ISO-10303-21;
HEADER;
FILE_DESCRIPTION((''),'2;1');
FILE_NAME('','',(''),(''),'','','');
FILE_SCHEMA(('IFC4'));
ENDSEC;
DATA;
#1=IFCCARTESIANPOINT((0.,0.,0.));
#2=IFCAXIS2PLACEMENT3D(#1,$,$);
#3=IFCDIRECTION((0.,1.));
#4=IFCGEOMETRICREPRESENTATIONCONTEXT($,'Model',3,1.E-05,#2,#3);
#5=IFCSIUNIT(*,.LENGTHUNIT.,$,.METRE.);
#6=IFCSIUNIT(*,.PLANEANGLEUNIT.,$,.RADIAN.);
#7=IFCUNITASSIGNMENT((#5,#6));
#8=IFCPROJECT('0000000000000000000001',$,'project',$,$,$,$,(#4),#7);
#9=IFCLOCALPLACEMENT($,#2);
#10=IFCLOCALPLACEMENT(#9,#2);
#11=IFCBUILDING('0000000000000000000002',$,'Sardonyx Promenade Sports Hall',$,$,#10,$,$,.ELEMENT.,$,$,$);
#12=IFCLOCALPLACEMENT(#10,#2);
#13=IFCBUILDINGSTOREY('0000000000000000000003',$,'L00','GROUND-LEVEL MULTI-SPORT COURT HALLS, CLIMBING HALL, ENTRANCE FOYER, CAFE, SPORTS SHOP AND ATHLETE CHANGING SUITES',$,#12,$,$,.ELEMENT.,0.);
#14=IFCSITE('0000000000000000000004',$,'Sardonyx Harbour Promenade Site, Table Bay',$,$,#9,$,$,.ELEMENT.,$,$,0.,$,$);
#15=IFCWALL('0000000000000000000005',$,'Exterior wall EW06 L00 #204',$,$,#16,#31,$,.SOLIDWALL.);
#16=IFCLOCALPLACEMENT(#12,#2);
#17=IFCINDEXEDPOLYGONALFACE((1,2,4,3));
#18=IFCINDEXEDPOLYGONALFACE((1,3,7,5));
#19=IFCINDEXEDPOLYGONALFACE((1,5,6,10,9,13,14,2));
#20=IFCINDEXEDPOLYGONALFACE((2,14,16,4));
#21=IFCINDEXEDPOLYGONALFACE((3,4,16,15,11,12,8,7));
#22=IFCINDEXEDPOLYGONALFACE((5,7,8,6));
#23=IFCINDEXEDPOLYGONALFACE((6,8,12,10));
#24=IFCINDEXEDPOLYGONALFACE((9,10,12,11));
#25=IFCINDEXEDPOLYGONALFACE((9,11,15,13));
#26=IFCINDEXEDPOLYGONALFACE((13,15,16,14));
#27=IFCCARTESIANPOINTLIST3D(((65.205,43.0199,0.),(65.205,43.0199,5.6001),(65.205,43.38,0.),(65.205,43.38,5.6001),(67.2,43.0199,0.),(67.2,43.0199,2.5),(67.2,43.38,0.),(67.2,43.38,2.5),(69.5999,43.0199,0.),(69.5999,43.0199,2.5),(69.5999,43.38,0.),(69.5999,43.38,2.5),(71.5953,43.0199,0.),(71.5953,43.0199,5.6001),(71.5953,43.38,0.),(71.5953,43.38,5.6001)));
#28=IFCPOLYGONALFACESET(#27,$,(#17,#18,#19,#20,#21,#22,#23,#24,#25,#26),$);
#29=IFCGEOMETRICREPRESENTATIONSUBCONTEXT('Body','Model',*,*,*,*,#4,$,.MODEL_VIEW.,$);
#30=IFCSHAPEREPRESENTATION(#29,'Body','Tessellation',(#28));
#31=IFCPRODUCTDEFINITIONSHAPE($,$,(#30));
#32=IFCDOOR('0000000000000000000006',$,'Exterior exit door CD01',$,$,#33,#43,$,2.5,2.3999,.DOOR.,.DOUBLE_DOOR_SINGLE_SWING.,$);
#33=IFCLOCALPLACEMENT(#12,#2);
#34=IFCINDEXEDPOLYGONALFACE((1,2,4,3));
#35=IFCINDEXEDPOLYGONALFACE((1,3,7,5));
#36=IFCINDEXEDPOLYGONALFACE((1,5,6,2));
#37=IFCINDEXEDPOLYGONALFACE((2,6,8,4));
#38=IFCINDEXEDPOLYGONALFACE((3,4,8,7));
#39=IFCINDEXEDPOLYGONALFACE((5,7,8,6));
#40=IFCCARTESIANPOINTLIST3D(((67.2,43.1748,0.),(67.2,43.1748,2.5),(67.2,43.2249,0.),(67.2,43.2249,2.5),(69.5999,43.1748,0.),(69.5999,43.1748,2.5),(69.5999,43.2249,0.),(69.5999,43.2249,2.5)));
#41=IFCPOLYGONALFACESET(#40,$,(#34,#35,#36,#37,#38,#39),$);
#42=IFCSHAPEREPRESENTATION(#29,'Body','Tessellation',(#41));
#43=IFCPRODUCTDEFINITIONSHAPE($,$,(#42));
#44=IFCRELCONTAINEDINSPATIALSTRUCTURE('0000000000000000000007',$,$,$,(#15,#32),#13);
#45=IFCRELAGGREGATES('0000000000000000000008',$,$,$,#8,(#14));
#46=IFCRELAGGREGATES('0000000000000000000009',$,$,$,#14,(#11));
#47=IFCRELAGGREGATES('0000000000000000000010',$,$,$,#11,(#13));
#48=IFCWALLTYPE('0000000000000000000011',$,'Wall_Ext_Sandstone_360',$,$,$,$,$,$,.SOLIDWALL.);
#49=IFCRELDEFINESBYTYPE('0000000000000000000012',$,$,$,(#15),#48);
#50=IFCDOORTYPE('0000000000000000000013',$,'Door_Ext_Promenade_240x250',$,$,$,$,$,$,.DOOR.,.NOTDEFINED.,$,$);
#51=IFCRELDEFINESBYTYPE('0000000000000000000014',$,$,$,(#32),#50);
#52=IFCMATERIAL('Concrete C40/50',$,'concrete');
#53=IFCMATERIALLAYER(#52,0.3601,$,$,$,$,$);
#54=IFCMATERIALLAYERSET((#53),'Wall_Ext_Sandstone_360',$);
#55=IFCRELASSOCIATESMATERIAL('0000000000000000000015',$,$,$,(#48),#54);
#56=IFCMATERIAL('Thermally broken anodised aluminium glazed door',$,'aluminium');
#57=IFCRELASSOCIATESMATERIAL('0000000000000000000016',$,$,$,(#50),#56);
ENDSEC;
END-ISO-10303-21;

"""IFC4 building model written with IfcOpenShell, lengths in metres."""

from ifc_helpers import new_model, si_unit, direction, frame, frame_2d, origin, place, context, subcontext, project, spatial, rectangle, extrude, material, layer, layer_set, type_object, element, fill, save


model = new_model("IFC4")

# Units and contexts
model_context = context("Model", 3, precision=1e-05, world=origin(), true_north=direction((0.0, 1.0)))
body_context = subcontext(model_context, "Body", "Model", "MODEL_VIEW")
ifc_project = project(units=[si_unit("LENGTHUNIT", "METRE"), si_unit("PLANEANGLEUNIT", "RADIAN")], contexts=[model_context])

# Site, building, storey
site_placement = place(None, origin())
site = spatial("IfcSite", under=ifc_project, at=site_placement, Name="Sardonyx Harbour Promenade Site, Table Bay", CompositionType="ELEMENT", RefElevation=0.0)
building_placement = place(site_placement, origin())
building = spatial("IfcBuilding", under=site, at=building_placement, Name="Sardonyx Promenade Sports Hall", CompositionType="ELEMENT")
storey_placement = place(building_placement, origin())
storey = spatial("IfcBuildingStorey", under=building, at=storey_placement, Name="L00", Description="GROUND-LEVEL MULTI-SPORT COURT HALLS, CLIMBING HALL, ENTRANCE FOYER, CAFE, SPORTS SHOP AND ATHLETE CHANGING SUITES", CompositionType="ELEMENT", Elevation=0.0)

# Wall, opening, door
ifc_material_1 = material(Name="Concrete C40/50", Category="concrete")
ifc_layer_1 = layer(ifc_material_1, 0.3601)
ifc_layer_set_1 = layer_set([ifc_layer_1], Name="Wall_Ext_Sandstone_360")
wall_type = type_object("IfcWallType", Name="Wall_Ext_Sandstone_360", PredefinedType="SOLIDWALL", material=ifc_layer_set_1)
wall_placement = place(storey_placement, frame((65.2048, 43.2, 0.0), z_axis=(0.0, 0.0, 1.0), x_axis=(1.0, 0.0, 0.0)))
wall = element("IfcWall", 1, at=wall_placement, inside=storey, type_object=wall_type, Name="Exterior wall EW06 L00 #204", PredefinedType="SOLIDWALL", context=body_context, shape_type="SweptSolid", body=[
    extrude(rectangle(XDim=6.3904, YDim=0.3601, at=frame_2d((3.1953, 0.0))), origin(), (0.0, 0.0, 1.0), 5.6001),
])
opening_placement = place(wall_placement, frame((1.9951, 0.0, 0.0)))
opening = element("IfcOpeningElement", 2, at=opening_placement, cuts=wall, PredefinedType="OPENING", context=body_context, shape_type="SweptSolid", body=[
    extrude(rectangle(XDim=2.3999, YDim=2.5, at=frame_2d((1.2, 1.25))), frame((0.0, 0.19, 0.0), z_axis=(0.0, -1.0, 0.0), x_axis=(1.0, 0.0, 0.0)), (0.0, 0.0, 1.0), 0.38),
])
ifc_material_2 = material(Name="Thermally broken anodised aluminium glazed door", Category="aluminium")
door_type = type_object("IfcDoorType", Name="Door_Ext_Promenade_240x250", OperationType="NOTDEFINED", PredefinedType="DOOR", material=ifc_material_2)
door_placement = place(opening_placement, origin())
door = element("IfcDoor", 3, at=door_placement, inside=storey, type_object=door_type, Name="Exterior exit door CD01", OperationType="DOUBLE_DOOR_SINGLE_SWING", OverallHeight=2.5, OverallWidth=2.3999, PredefinedType="DOOR", context=body_context, shape_type="SweptSolid", body=[
    extrude(rectangle(XDim=2.3999, YDim=2.5, at=frame_2d((1.2, 1.25))), frame((0.0, 0.0249, 0.0), z_axis=(0.0, -1.0, 0.0), x_axis=(1.0, 0.0, 0.0)), (0.0, 0.0, 1.0), 0.05),
])
fill(opening, door)

save(model, "model.ifc")
